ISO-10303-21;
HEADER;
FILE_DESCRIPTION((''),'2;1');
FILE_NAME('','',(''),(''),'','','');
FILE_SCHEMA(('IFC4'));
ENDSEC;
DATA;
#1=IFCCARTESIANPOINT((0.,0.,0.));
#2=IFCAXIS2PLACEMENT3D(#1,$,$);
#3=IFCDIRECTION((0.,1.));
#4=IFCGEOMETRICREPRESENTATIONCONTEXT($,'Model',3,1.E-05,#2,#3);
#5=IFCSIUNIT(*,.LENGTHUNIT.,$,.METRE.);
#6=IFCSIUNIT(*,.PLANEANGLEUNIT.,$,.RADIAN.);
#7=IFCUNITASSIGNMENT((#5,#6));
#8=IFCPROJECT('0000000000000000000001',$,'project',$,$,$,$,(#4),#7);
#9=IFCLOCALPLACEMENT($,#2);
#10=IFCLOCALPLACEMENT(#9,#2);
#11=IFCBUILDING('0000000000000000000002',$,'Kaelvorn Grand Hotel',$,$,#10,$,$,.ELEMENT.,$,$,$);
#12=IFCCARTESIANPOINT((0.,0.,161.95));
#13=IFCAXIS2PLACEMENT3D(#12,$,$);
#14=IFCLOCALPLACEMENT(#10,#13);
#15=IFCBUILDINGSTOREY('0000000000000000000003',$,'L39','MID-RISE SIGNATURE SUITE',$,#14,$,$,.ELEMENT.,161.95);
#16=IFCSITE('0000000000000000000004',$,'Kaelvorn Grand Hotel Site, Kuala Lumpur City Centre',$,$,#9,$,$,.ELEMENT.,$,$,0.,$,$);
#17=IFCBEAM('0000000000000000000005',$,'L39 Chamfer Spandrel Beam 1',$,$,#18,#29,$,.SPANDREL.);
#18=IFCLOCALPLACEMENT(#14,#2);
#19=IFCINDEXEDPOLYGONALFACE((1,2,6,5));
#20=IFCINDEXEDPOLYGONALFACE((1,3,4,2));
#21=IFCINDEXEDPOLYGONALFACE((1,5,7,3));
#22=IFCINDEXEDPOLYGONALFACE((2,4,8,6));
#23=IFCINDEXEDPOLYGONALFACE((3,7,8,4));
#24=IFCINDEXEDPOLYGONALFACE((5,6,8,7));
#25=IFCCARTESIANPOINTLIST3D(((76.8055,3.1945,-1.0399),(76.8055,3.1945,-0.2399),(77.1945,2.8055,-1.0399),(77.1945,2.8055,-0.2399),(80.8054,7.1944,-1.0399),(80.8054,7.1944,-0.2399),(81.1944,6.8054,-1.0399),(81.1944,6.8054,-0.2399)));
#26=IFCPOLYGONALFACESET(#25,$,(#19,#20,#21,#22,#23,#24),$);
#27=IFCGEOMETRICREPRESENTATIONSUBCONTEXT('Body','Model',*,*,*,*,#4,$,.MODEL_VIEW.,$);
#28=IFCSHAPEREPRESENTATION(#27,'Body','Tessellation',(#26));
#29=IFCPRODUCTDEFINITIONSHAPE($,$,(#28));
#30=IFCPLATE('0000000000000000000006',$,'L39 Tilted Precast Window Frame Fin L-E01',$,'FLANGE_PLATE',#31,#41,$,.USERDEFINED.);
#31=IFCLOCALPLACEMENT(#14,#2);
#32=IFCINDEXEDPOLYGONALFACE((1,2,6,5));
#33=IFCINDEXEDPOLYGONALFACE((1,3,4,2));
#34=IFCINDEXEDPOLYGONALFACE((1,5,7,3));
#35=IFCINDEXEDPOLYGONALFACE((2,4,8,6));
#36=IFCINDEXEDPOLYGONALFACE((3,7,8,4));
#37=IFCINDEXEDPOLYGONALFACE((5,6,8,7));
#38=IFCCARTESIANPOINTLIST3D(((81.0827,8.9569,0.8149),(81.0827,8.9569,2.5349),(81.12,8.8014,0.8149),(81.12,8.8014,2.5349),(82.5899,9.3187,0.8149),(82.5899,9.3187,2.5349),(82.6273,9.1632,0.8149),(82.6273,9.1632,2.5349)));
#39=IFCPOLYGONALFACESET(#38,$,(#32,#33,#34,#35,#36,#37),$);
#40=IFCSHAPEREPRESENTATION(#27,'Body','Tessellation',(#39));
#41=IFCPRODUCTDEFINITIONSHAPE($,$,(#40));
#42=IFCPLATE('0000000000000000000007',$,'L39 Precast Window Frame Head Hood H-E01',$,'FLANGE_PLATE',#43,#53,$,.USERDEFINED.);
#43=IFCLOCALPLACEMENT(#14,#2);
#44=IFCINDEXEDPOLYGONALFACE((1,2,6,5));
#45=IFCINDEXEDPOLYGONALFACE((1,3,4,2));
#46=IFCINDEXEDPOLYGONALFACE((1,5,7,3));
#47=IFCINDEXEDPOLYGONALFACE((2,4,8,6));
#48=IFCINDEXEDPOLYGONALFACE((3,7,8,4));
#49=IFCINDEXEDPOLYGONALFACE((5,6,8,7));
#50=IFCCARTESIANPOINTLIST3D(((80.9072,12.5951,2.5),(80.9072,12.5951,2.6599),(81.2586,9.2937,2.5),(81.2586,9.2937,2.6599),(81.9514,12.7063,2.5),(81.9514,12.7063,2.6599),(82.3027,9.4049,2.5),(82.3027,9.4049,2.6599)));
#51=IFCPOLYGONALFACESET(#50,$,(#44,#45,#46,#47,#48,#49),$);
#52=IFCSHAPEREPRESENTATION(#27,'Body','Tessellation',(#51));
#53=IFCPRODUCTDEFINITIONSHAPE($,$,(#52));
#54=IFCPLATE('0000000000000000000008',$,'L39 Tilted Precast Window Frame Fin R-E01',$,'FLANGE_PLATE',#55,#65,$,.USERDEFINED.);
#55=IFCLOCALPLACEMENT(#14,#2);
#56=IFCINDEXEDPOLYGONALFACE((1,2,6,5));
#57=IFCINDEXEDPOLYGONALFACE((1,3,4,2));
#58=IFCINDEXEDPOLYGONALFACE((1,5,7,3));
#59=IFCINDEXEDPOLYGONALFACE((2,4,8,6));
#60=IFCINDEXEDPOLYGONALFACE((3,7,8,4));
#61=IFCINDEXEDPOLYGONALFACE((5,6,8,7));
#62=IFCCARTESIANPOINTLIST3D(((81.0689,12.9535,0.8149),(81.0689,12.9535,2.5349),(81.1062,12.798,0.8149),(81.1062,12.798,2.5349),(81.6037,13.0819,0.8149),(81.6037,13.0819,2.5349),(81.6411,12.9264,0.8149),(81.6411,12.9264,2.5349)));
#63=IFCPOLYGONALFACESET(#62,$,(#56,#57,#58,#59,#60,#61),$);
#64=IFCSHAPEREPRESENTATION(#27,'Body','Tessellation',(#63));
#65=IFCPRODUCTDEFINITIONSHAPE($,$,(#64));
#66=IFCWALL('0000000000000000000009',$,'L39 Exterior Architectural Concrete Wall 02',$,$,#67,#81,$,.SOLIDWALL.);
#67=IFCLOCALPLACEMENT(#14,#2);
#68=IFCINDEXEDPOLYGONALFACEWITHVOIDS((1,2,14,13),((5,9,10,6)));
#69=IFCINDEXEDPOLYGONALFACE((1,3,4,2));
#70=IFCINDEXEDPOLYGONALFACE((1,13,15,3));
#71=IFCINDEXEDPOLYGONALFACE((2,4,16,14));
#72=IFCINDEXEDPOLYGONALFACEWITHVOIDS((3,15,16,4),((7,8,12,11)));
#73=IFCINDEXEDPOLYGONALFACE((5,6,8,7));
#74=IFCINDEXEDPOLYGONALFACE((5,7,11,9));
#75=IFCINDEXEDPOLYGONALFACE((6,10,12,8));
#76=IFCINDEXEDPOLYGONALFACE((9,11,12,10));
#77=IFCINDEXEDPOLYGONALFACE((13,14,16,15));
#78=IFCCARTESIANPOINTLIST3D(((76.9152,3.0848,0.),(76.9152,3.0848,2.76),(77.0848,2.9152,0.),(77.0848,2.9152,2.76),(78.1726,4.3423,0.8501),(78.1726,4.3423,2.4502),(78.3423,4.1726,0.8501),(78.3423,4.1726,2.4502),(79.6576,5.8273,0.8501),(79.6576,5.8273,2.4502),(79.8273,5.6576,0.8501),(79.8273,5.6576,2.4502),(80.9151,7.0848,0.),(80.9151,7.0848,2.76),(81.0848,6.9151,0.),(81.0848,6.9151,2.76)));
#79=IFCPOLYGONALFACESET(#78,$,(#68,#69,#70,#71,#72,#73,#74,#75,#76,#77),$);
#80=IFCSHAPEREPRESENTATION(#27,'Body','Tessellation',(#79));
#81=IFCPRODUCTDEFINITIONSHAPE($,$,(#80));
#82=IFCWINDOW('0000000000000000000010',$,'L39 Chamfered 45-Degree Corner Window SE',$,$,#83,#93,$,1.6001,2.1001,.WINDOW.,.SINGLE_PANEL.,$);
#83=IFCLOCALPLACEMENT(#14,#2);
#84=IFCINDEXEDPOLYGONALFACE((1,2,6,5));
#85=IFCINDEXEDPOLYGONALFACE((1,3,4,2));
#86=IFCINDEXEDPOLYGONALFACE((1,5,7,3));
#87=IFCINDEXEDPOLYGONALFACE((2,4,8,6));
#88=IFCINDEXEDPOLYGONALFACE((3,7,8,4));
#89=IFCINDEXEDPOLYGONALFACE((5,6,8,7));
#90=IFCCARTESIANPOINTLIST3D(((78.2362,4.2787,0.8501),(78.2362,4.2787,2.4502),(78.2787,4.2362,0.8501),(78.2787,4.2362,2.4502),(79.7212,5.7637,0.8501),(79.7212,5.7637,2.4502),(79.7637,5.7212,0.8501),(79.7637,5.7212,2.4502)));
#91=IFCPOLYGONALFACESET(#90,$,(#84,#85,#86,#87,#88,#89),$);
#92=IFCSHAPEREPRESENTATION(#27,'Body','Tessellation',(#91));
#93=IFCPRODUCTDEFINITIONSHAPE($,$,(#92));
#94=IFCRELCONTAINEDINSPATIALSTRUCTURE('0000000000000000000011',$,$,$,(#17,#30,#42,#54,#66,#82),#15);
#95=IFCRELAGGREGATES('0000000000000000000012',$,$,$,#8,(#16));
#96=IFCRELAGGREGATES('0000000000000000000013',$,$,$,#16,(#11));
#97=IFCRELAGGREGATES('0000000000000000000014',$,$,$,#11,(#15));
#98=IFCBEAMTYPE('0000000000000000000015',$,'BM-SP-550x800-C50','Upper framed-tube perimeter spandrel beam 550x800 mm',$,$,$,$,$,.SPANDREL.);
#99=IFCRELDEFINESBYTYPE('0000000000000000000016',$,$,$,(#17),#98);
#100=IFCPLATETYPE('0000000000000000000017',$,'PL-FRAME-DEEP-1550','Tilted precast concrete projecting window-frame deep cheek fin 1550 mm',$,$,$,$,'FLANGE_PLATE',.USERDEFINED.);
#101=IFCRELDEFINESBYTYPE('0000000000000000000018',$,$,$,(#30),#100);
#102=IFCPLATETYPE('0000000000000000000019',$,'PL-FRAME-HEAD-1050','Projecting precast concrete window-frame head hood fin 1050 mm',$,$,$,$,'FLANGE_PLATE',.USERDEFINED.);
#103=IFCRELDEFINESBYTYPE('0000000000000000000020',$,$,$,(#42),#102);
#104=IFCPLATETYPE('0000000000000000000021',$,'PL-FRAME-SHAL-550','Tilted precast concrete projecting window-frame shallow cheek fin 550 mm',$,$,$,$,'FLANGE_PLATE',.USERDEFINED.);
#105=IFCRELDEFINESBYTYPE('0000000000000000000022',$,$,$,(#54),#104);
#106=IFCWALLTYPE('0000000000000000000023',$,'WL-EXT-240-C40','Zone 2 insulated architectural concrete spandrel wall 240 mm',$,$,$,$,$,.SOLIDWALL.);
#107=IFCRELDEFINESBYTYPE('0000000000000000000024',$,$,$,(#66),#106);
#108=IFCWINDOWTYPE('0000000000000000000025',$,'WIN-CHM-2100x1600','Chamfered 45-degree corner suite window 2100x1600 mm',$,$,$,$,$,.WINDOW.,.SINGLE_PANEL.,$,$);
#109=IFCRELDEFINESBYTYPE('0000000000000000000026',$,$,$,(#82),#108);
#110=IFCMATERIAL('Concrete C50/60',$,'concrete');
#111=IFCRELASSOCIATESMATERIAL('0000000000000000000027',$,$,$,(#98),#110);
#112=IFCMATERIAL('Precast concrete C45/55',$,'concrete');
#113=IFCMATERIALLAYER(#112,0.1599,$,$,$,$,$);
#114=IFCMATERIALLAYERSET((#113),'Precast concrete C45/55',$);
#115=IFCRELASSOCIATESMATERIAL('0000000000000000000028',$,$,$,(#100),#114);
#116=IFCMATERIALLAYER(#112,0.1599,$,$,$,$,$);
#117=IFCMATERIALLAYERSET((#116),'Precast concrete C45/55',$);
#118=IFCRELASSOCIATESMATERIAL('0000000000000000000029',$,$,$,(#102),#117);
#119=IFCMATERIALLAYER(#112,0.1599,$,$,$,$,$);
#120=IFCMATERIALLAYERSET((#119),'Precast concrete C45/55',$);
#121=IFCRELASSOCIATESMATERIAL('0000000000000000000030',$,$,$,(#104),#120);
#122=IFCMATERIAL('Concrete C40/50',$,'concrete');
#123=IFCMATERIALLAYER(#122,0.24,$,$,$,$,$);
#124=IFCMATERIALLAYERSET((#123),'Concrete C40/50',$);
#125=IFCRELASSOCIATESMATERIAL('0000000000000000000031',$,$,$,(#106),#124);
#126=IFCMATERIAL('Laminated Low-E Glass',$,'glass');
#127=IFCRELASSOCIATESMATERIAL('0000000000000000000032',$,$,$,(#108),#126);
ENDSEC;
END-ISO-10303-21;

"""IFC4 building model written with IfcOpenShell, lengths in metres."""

from ifc_helpers import new_model, si_unit, direction, frame, frame_2d, origin, origin_2d, place, context, subcontext, project, spatial, rectangle, extrude, material, layer, layer_set, material_profile, profile_set, type_object, element, fill, save


model = new_model("IFC4")

# Units and contexts
model_context = context("Model", 3, precision=1e-05, world=origin(), true_north=direction((0.0, 1.0)))
body_context = subcontext(model_context, "Body", "Model", "MODEL_VIEW")
ifc_project = project(units=[si_unit("LENGTHUNIT", "METRE"), si_unit("PLANEANGLEUNIT", "RADIAN")], contexts=[model_context])

# Site, building, storey
site_placement = place(None, origin())
site = spatial("IfcSite", under=ifc_project, at=site_placement, Name="Kaelvorn Grand Hotel Site, Kuala Lumpur City Centre", CompositionType="ELEMENT", RefElevation=0.0)
building_placement = place(site_placement, origin())
building = spatial("IfcBuilding", under=site, at=building_placement, Name="Kaelvorn Grand Hotel", CompositionType="ELEMENT")
storey_placement = place(building_placement, frame((0.0, 0.0, 161.95)))
storey = spatial("IfcBuildingStorey", under=building, at=storey_placement, Name="L39", Description="MID-RISE SIGNATURE SUITE", CompositionType="ELEMENT", Elevation=161.95)

# Beam
ifc_material_1 = material(Name="Concrete C40/50", Category="concrete")
ifc_material_2 = material(Name="Concrete C50/60", Category="concrete")
ifc_material_profile_1 = material_profile(ifc_material_2, rectangle(XDim=0.55, YDim=0.8, at=origin_2d()), Name="RC SPANDREL 550x800")
ifc_profile_set_1 = profile_set([ifc_material_profile_1], Name="Concrete C50/60")
beam_type_1 = type_object("IfcBeamType", Name="BM-SP-550x800-C50", Description="Upper framed-tube perimeter spandrel beam 550x800 mm", PredefinedType="SPANDREL", material=ifc_profile_set_1)
beam_1_placement = place(storey_placement, frame((77.0, 3.0, -0.6399), z_axis=(0.707107, 0.707107, 0.0), x_axis=(-0.707107, 0.707107, 0.0)))
element("IfcBeam", 1, at=beam_1_placement, inside=storey, type_object=beam_type_1, Name="L39 Chamfer Spandrel Beam 1", PredefinedType="SPANDREL", context=body_context, shape_type="SweptSolid", body=[
    extrude(rectangle(XDim=0.55, YDim=0.8, at=origin_2d()), origin(), (0.0, 0.0, 1.0), 5.6567),
])

# Plates
ifc_material_3 = material(Name="Precast concrete C45/55", Category="concrete")
ifc_layer_1 = layer(ifc_material_3, 0.1599)
ifc_layer_set_1 = layer_set([ifc_layer_1], Name="Precast concrete C45/55")
plate_type_1 = type_object("IfcPlateType", Name="PL-FRAME-DEEP-1550", Description="Tilted precast concrete projecting window-frame deep cheek fin 1550 mm", ElementType="FLANGE_PLATE", PredefinedType="USERDEFINED", material=ifc_layer_set_1)
plate_1_placement = place(storey_placement, frame((81.855, 9.0601, 0.8149), z_axis=(0.0, 0.0, 1.0), x_axis=(-0.233445, 0.97237, 0.0)))
element("IfcPlate", 2, at=plate_1_placement, inside=storey, type_object=plate_type_1, Name="L39 Tilted Precast Window Frame Fin L-E01", ObjectType="FLANGE_PLATE", PredefinedType="USERDEFINED", context=body_context, shape_type="SweptSolid", body=[
    extrude(rectangle(XDim=0.1599, YDim=1.55, at=origin_2d()), origin(), (0.0, 0.0, 1.0), 1.72),
])
ifc_layer_2 = layer(ifc_material_3, 0.1599)
ifc_layer_set_2 = layer_set([ifc_layer_2], Name="Precast concrete C45/55")
plate_type_2 = type_object("IfcPlateType", Name="PL-FRAME-HEAD-1050", Description="Projecting precast concrete window-frame head hood fin 1050 mm", ElementType="FLANGE_PLATE", PredefinedType="USERDEFINED", material=ifc_layer_set_2)
plate_2_placement = place(storey_placement, frame((81.605, 11.0, 2.5), z_axis=(0.0, 0.0, 1.0), x_axis=(-0.10583, 0.994384, 0.0)))
element("IfcPlate", 3, at=plate_2_placement, inside=storey, type_object=plate_type_2, Name="L39 Precast Window Frame Head Hood H-E01", ObjectType="FLANGE_PLATE", PredefinedType="USERDEFINED", context=body_context, shape_type="SweptSolid", body=[
    extrude(rectangle(XDim=3.3201, YDim=1.05, at=origin_2d()), origin(), (0.0, 0.0, 1.0), 0.1599),
])
ifc_layer_3 = layer(ifc_material_3, 0.1599)
ifc_layer_set_3 = layer_set([ifc_layer_3], Name="Precast concrete C45/55")
plate_type_3 = type_object("IfcPlateType", Name="PL-FRAME-SHAL-550", Description="Tilted precast concrete projecting window-frame shallow cheek fin 550 mm", ElementType="FLANGE_PLATE", PredefinedType="USERDEFINED", material=ifc_layer_set_3)
plate_3_placement = place(storey_placement, frame((81.355, 12.9399, 0.8149), z_axis=(0.0, 0.0, 1.0), x_axis=(-0.233445, 0.97237, 0.0)))
element("IfcPlate", 4, at=plate_3_placement, inside=storey, type_object=plate_type_3, Name="L39 Tilted Precast Window Frame Fin R-E01", ObjectType="FLANGE_PLATE", PredefinedType="USERDEFINED", context=body_context, shape_type="SweptSolid", body=[
    extrude(rectangle(XDim=0.1599, YDim=0.55, at=origin_2d()), origin(), (0.0, 0.0, 1.0), 1.72),
])

# Wall, opening, window
ifc_layer_4 = layer(ifc_material_1, 0.24)
ifc_layer_set_4 = layer_set([ifc_layer_4], Name="Concrete C40/50")
wall_type_1 = type_object("IfcWallType", Name="WL-EXT-240-C40", Description="Zone 2 insulated architectural concrete spandrel wall 240 mm", PredefinedType="SOLIDWALL", material=ifc_layer_set_4)
wall_1_placement = place(storey_placement, frame((77.0, 3.0, 0.0), z_axis=(0.0, 0.0, 1.0), x_axis=(0.707107, 0.707107, 0.0)))
wall_1 = element("IfcWall", 5, at=wall_1_placement, inside=storey, type_object=wall_type_1, Name="L39 Exterior Architectural Concrete Wall 02", PredefinedType="SOLIDWALL", context=body_context, shape_type="SweptSolid", body=[
    extrude(rectangle(XDim=5.6567, YDim=0.24, at=frame_2d((2.8284, 0.0))), origin(), (0.0, 0.0, 1.0), 2.76),
])
opening_1_placement = place(wall_1_placement, frame((1.7783, 0.0, 0.8501)))
opening_1 = element("IfcOpeningElement", 6, at=opening_1_placement, cuts=wall_1, PredefinedType="OPENING", context=body_context, shape_type="SweptSolid", body=[
    extrude(rectangle(XDim=2.1001, YDim=1.6001, at=frame_2d((1.05, 0.8))), frame((0.0, 0.1299, 0.0), z_axis=(0.0, -1.0, 0.0), x_axis=(1.0, 0.0, 0.0)), (0.0, 0.0, 1.0), 0.26),
])
ifc_material_4 = material(Name="Laminated Low-E Glass", Category="glass")
window_type_1 = type_object("IfcWindowType", Name="WIN-CHM-2100x1600", Description="Chamfered 45-degree corner suite window 2100x1600 mm", PartitioningType="SINGLE_PANEL", PredefinedType="WINDOW", material=ifc_material_4)
window_1_placement = place(opening_1_placement, origin())
window_1 = element("IfcWindow", 7, at=window_1_placement, inside=storey, type_object=window_type_1, Name="L39 Chamfered 45-Degree Corner Window SE", OverallHeight=1.6001, OverallWidth=2.1001, PartitioningType="SINGLE_PANEL", PredefinedType="WINDOW", context=body_context, shape_type="SweptSolid", body=[
    extrude(rectangle(XDim=2.1001, YDim=1.6001, at=frame_2d((1.05, 0.8))), frame((0.0, 0.03, 0.0), z_axis=(0.0, -1.0, 0.0), x_axis=(1.0, 0.0, 0.0)), (0.0, 0.0, 1.0), 0.0601),
])
fill(opening_1, window_1)

save(model, "model.ifc")
